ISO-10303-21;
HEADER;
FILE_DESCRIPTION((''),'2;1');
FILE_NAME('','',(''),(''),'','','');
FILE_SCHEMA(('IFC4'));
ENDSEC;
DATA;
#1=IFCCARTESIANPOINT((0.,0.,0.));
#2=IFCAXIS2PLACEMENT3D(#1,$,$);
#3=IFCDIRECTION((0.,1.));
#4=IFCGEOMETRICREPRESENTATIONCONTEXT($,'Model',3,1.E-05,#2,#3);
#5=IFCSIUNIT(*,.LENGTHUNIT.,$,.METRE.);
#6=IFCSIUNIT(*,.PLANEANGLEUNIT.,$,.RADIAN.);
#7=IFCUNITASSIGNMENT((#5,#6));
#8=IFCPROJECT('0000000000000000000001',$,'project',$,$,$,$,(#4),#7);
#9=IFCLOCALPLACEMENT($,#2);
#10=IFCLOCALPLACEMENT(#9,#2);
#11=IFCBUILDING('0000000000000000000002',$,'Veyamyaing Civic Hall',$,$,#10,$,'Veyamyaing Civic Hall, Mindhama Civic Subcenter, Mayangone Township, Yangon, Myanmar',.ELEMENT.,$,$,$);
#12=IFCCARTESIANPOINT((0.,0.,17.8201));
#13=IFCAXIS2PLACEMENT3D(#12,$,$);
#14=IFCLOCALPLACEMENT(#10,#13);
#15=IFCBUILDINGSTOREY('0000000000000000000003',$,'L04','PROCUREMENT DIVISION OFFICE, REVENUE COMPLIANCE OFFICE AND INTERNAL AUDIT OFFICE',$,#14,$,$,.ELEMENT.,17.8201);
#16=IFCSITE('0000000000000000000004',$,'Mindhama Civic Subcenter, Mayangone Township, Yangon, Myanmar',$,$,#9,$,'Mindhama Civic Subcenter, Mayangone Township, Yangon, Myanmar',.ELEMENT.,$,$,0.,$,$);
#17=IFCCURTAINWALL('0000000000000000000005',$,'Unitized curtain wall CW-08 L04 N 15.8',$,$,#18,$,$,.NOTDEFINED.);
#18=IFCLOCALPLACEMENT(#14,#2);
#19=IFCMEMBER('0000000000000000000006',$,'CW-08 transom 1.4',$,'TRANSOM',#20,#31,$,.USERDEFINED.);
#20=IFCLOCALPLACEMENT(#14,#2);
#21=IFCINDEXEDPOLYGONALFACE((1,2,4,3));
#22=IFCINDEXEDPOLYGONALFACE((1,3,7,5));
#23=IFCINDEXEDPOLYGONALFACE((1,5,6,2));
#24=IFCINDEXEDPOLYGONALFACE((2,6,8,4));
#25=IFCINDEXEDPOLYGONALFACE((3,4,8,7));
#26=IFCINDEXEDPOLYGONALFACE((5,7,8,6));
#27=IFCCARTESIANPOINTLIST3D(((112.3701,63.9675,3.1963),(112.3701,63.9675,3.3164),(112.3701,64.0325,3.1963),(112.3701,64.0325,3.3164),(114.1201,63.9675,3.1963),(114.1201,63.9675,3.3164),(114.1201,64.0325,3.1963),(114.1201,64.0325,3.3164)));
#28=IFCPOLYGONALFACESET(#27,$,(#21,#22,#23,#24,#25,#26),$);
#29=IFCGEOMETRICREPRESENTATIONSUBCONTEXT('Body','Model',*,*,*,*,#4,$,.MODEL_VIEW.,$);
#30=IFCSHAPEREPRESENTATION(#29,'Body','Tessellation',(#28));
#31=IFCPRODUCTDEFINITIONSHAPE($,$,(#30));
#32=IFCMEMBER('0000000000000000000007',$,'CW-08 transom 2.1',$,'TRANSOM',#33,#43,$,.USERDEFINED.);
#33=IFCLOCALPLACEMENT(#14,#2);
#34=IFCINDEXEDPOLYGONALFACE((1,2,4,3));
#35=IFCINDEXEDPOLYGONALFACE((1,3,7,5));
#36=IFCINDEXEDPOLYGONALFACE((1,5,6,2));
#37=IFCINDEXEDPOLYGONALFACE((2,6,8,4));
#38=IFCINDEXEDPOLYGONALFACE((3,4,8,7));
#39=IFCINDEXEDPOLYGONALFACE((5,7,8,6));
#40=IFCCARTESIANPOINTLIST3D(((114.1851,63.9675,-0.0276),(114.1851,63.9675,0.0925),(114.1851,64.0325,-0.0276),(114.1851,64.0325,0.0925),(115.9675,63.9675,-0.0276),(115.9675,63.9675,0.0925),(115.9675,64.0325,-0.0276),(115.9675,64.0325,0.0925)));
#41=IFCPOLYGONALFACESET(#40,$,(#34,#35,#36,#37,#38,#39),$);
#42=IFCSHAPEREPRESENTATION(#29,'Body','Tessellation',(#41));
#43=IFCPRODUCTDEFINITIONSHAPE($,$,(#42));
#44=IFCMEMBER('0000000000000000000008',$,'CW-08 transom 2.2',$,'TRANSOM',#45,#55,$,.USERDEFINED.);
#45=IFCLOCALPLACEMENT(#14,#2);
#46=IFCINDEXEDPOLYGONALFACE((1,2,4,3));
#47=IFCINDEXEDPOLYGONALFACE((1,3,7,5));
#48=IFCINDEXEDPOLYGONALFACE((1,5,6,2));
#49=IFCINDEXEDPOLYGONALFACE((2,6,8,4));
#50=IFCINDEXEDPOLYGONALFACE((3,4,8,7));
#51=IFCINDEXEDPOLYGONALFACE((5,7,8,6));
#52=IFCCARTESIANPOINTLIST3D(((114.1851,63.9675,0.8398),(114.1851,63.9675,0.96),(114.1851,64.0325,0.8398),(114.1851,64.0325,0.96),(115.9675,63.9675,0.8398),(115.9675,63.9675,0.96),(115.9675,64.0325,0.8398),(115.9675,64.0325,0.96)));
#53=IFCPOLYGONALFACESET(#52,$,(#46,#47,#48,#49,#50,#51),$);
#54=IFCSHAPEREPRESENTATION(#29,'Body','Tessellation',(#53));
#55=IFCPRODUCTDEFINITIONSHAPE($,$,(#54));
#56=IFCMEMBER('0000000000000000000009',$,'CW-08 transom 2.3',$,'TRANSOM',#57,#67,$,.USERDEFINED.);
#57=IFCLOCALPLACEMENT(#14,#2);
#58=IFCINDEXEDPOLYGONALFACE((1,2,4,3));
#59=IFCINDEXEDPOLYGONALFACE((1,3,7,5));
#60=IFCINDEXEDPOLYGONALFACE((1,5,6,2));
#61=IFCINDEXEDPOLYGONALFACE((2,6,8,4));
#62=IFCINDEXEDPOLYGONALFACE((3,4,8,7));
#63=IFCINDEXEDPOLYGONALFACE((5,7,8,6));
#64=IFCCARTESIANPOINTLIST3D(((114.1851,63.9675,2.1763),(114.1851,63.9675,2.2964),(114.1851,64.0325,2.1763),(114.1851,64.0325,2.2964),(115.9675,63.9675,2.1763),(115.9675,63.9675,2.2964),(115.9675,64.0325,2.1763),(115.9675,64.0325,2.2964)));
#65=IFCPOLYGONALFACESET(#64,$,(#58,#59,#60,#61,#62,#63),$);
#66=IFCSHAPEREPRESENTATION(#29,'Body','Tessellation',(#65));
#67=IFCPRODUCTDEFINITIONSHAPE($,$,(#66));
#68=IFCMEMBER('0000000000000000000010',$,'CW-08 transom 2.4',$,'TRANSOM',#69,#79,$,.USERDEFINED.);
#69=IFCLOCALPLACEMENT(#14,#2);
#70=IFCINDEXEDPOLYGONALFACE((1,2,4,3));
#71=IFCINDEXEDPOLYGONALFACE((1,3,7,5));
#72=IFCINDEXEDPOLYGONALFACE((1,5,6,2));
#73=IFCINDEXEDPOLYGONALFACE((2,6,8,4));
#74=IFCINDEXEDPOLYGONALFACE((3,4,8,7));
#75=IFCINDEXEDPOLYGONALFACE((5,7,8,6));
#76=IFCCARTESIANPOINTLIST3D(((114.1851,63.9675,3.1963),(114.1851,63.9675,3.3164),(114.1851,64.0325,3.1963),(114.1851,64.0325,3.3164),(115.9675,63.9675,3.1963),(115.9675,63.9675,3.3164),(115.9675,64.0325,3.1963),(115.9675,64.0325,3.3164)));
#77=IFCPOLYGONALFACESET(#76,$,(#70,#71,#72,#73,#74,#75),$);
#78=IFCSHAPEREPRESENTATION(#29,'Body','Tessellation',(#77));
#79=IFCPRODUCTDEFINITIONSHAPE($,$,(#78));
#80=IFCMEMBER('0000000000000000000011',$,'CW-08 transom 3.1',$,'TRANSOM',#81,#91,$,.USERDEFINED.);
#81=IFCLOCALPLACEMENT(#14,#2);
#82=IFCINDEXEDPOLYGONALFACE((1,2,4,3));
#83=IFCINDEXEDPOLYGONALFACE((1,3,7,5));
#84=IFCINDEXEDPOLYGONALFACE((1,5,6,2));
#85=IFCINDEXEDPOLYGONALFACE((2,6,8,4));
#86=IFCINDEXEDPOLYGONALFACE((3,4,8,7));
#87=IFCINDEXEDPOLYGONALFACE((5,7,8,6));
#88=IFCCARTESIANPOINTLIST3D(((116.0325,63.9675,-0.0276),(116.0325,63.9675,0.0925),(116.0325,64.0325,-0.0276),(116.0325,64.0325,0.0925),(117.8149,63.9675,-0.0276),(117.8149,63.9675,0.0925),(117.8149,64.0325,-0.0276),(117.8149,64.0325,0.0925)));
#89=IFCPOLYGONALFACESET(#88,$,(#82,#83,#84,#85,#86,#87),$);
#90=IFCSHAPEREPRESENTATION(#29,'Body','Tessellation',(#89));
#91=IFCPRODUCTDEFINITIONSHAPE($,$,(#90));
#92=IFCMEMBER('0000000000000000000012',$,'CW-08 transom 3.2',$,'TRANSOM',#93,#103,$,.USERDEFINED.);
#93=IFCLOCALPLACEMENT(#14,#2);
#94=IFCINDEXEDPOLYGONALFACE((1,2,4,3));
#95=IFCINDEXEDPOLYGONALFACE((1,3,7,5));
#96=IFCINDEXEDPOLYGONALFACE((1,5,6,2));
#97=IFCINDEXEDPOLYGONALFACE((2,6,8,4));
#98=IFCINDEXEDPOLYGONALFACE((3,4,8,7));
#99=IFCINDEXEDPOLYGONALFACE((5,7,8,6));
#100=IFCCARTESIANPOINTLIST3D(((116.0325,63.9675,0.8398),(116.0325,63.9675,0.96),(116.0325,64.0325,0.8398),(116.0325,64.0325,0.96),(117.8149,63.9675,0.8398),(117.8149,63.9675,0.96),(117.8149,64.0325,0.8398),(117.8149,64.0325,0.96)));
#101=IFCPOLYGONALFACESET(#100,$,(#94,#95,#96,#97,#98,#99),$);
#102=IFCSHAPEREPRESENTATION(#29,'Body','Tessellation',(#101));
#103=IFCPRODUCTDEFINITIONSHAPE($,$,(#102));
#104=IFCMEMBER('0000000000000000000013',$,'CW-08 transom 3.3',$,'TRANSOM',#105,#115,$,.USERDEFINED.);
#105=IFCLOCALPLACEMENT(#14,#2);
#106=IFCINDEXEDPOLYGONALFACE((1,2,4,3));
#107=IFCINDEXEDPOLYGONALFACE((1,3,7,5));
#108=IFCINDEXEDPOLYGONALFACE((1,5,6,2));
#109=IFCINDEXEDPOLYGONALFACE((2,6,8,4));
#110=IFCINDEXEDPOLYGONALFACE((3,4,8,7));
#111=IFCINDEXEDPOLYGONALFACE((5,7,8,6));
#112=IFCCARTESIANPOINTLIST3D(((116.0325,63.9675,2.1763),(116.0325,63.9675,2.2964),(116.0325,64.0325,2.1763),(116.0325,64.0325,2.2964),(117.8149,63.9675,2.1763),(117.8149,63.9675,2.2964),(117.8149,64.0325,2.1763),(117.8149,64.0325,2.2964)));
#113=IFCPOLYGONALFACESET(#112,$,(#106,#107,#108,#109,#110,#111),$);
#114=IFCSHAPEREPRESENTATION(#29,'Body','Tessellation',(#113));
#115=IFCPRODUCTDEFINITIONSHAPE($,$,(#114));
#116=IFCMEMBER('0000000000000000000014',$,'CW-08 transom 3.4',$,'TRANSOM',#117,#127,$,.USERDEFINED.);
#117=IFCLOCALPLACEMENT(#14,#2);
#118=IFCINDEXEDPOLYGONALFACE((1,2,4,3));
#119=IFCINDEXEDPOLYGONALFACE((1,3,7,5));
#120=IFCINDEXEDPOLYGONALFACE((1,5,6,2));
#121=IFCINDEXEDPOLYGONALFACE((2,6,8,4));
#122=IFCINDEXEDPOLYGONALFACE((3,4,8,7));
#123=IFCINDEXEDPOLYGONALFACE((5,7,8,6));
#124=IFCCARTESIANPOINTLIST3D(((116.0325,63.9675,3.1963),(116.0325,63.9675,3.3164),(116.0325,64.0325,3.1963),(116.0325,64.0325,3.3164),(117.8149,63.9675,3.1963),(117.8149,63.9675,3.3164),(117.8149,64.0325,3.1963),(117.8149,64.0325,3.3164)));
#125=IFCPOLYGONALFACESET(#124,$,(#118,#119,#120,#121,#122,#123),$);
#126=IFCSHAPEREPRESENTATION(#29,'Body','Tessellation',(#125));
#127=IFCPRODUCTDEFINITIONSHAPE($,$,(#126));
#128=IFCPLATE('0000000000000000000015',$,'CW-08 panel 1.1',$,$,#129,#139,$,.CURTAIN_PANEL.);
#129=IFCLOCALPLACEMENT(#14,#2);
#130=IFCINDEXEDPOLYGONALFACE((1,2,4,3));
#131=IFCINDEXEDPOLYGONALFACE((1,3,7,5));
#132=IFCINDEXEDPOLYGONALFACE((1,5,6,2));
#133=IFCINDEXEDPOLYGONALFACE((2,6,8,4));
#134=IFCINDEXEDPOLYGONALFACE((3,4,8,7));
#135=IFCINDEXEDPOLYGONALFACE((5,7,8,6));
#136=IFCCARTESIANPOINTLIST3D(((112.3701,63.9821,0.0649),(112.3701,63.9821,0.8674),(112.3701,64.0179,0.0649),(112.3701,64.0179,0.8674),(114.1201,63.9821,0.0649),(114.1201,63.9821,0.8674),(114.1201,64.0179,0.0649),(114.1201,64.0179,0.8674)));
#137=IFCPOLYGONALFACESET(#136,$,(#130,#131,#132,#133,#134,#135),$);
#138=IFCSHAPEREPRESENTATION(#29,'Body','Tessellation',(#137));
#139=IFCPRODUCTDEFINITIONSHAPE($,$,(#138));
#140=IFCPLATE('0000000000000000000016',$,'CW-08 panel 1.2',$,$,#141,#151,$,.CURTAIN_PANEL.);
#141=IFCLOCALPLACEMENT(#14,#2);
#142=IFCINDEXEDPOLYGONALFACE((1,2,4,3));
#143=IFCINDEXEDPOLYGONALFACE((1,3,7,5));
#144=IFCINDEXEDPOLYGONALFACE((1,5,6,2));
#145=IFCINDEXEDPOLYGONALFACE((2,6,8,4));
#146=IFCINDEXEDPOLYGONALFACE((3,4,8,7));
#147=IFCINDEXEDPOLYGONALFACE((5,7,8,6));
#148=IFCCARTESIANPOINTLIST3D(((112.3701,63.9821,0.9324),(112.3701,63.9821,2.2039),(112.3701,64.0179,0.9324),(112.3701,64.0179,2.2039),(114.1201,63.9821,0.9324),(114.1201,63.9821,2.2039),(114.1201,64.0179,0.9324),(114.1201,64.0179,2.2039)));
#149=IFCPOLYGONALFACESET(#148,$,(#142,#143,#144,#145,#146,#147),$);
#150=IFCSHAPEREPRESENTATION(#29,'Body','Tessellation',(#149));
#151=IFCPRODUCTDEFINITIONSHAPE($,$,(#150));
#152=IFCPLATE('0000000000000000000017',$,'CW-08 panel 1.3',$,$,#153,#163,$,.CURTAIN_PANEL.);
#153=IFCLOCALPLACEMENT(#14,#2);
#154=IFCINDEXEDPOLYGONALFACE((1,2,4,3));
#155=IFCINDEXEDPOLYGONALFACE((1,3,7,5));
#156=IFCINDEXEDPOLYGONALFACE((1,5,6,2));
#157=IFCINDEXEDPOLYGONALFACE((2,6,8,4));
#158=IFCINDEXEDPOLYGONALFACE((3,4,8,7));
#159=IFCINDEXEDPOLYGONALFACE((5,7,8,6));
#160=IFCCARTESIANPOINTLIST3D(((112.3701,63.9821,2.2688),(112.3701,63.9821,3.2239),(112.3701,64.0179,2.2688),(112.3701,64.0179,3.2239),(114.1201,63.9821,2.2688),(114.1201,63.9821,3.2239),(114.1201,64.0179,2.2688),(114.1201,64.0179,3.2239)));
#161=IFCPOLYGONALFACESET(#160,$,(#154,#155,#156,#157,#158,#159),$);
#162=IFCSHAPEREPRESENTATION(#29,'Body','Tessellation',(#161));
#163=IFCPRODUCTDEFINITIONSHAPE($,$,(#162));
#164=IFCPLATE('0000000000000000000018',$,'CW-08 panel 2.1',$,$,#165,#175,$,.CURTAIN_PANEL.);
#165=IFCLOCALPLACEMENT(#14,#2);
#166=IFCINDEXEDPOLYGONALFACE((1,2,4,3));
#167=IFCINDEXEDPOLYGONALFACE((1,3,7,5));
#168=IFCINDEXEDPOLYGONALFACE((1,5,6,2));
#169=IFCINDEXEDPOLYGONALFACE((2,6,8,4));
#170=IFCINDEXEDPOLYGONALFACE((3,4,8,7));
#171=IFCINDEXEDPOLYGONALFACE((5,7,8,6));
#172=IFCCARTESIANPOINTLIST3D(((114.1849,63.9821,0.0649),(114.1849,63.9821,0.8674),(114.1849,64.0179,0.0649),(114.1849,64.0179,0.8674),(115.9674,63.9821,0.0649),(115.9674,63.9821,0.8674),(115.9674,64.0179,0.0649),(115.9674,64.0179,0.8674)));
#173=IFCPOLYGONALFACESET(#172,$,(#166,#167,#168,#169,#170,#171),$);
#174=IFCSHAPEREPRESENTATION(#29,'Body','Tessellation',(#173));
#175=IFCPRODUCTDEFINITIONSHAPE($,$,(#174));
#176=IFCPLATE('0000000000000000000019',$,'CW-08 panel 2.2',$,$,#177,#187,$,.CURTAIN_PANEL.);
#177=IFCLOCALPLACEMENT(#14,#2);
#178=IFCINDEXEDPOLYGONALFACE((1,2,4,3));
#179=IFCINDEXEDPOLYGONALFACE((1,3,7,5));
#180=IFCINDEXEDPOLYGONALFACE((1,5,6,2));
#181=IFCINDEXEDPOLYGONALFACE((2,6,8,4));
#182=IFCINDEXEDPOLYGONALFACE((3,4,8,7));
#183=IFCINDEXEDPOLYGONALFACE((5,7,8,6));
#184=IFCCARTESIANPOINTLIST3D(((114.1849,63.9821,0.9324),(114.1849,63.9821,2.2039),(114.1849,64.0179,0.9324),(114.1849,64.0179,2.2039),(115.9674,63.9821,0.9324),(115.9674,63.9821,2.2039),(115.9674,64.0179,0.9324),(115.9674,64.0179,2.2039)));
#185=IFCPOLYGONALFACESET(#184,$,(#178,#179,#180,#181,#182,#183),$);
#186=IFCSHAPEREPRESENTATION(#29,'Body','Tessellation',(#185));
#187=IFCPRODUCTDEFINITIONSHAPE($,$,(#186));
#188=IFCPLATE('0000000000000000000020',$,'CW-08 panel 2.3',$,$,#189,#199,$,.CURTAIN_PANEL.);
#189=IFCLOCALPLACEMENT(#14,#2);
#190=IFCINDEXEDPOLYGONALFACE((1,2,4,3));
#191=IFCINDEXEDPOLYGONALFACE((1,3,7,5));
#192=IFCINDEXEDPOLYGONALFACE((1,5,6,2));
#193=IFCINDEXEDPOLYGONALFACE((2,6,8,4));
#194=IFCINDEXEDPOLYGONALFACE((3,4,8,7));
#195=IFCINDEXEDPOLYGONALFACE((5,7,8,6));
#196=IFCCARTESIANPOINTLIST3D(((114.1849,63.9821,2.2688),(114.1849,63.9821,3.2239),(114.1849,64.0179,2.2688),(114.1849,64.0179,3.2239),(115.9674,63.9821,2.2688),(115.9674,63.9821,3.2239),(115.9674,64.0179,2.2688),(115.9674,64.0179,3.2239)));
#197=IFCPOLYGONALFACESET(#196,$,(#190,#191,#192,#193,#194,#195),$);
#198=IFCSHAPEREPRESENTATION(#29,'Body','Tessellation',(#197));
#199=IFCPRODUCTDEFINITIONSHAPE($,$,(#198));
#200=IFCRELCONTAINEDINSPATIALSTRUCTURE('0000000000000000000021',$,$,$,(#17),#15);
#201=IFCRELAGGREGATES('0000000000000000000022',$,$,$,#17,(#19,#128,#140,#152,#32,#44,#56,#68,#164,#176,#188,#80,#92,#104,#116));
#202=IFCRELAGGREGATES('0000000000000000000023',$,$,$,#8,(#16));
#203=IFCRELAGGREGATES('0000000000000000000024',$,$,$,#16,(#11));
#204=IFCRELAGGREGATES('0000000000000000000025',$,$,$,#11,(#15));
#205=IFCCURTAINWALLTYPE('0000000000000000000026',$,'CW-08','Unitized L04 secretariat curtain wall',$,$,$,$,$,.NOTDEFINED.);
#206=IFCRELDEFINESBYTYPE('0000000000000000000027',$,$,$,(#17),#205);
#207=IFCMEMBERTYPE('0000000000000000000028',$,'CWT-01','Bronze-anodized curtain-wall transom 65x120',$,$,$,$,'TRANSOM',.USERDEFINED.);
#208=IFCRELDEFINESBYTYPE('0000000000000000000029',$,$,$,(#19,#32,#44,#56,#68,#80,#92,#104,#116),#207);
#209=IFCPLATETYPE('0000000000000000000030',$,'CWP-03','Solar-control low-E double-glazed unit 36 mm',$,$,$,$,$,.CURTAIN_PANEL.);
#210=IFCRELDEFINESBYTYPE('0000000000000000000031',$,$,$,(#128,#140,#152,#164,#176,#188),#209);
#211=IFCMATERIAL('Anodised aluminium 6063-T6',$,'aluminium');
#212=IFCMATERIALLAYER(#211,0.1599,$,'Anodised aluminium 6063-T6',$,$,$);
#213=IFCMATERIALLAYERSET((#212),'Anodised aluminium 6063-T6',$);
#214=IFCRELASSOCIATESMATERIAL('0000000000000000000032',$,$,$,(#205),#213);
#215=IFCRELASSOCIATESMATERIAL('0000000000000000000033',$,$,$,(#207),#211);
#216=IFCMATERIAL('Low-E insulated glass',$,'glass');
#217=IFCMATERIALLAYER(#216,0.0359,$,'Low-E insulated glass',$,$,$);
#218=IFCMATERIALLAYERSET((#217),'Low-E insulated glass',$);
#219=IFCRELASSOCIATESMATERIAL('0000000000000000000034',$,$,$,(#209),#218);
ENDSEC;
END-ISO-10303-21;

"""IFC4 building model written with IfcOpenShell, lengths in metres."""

from ifc_helpers import new_model, si_unit, direction, frame, origin, origin_2d, place, context, subcontext, project, spatial, rectangle, extrude, material, layer, layer_set, material_profile, profile_set, type_object, element, aggregate, save


model = new_model("IFC4")

# Units and contexts
model_context = context("Model", 3, precision=1e-05, world=origin(), true_north=direction((0.0, 1.0)))
body_context = subcontext(model_context, "Body", "Model", "MODEL_VIEW")
ifc_project = project(units=[si_unit("LENGTHUNIT", "METRE"), si_unit("PLANEANGLEUNIT", "RADIAN")], contexts=[model_context])

# Site, building, storey
site_placement = place(None, origin())
site = spatial("IfcSite", under=ifc_project, at=site_placement, Name="Mindhama Civic Subcenter, Mayangone Township, Yangon, Myanmar", LongName="Mindhama Civic Subcenter, Mayangone Township, Yangon, Myanmar", CompositionType="ELEMENT", RefElevation=0.0)
building_placement = place(site_placement, origin())
building = spatial("IfcBuilding", under=site, at=building_placement, Name="Veyamyaing Civic Hall", LongName="Veyamyaing Civic Hall, Mindhama Civic Subcenter, Mayangone Township, Yangon, Myanmar", CompositionType="ELEMENT")
storey_placement = place(building_placement, frame((0.0, 0.0, 17.8201)))
storey = spatial("IfcBuildingStorey", under=building, at=storey_placement, Name="L04", Description="PROCUREMENT DIVISION OFFICE, REVENUE COMPLIANCE OFFICE AND INTERNAL AUDIT OFFICE", CompositionType="ELEMENT", Elevation=17.8201)

# Curtain wall
ifc_material_1 = material(Name="Anodised aluminium 6063-T6", Category="aluminium")
ifc_layer_1 = layer(ifc_material_1, 0.1599, Name="Anodised aluminium 6063-T6")
ifc_layer_set_1 = layer_set([ifc_layer_1], Name="Anodised aluminium 6063-T6")
curtain_wall_type = type_object("IfcCurtainWallType", Name="CW-08", Description="Unitized L04 secretariat curtain wall", PredefinedType="NOTDEFINED", material=ifc_layer_set_1)
curtain_wall_1_placement = place(storey_placement, origin())
curtain_wall_1 = element("IfcCurtainWall", 1, at=curtain_wall_1_placement, inside=storey, type_object=curtain_wall_type, Name="Unitized curtain wall CW-08 L04 N 15.8", PredefinedType="NOTDEFINED")

# Members
ifc_material_profile_1 = material_profile(ifc_material_1, rectangle(XDim=0.0649, YDim=0.1201, at=origin_2d()), Name="ALU-TRN-65X120")
ifc_profile_set_1 = profile_set([ifc_material_profile_1], Name="Anodised aluminium 6063-T6")
member_type_1 = type_object("IfcMemberType", Name="CWT-01", Description="Bronze-anodized curtain-wall transom 65x120", ElementType="TRANSOM", PredefinedType="USERDEFINED", material=ifc_profile_set_1)
member_1_placement = place(storey_placement, frame((112.3701, 64.0, 3.2563), z_axis=(1.0, 0.0, 0.0), x_axis=(0.0, 1.0, 0.0)))
member_1 = element("IfcMember", 2, at=member_1_placement, type_object=member_type_1, Name="CW-08 transom 1.4", ObjectType="TRANSOM", PredefinedType="USERDEFINED", context=body_context, shape_type="SweptSolid", body=[
    extrude(rectangle(XDim=0.0649, YDim=0.1201, at=origin_2d()), origin(), (0.0, 0.0, 1.0), 1.75),
])
member_2_placement = place(storey_placement, frame((114.1851, 64.0, 0.0325), z_axis=(1.0, 0.0, 0.0), x_axis=(0.0, 1.0, 0.0)))
member_2 = element("IfcMember", 3, at=member_2_placement, type_object=member_type_1, Name="CW-08 transom 2.1", ObjectType="TRANSOM", PredefinedType="USERDEFINED", context=body_context, shape_type="SweptSolid", body=[
    extrude(rectangle(XDim=0.0649, YDim=0.1201, at=origin_2d()), origin(), (0.0, 0.0, 1.0), 1.7825),
])
member_3_placement = place(storey_placement, frame((114.1851, 64.0, 0.8999), z_axis=(1.0, 0.0, 0.0), x_axis=(0.0, 1.0, 0.0)))
member_3 = element("IfcMember", 4, at=member_3_placement, type_object=member_type_1, Name="CW-08 transom 2.2", ObjectType="TRANSOM", PredefinedType="USERDEFINED", context=body_context, shape_type="SweptSolid", body=[
    extrude(rectangle(XDim=0.0649, YDim=0.1201, at=origin_2d()), origin(), (0.0, 0.0, 1.0), 1.7825),
])
member_4_placement = place(storey_placement, frame((114.1851, 64.0, 2.2363), z_axis=(1.0, 0.0, 0.0), x_axis=(0.0, 1.0, 0.0)))
member_4 = element("IfcMember", 5, at=member_4_placement, type_object=member_type_1, Name="CW-08 transom 2.3", ObjectType="TRANSOM", PredefinedType="USERDEFINED", context=body_context, shape_type="SweptSolid", body=[
    extrude(rectangle(XDim=0.0649, YDim=0.1201, at=origin_2d()), origin(), (0.0, 0.0, 1.0), 1.7825),
])
member_5_placement = place(storey_placement, frame((114.1851, 64.0, 3.2563), z_axis=(1.0, 0.0, 0.0), x_axis=(0.0, 1.0, 0.0)))
member_5 = element("IfcMember", 6, at=member_5_placement, type_object=member_type_1, Name="CW-08 transom 2.4", ObjectType="TRANSOM", PredefinedType="USERDEFINED", context=body_context, shape_type="SweptSolid", body=[
    extrude(rectangle(XDim=0.0649, YDim=0.1201, at=origin_2d()), origin(), (0.0, 0.0, 1.0), 1.7825),
])
member_6_placement = place(storey_placement, frame((116.0325, 64.0, 0.0325), z_axis=(1.0, 0.0, 0.0), x_axis=(0.0, 1.0, 0.0)))
member_6 = element("IfcMember", 7, at=member_6_placement, type_object=member_type_1, Name="CW-08 transom 3.1", ObjectType="TRANSOM", PredefinedType="USERDEFINED", context=body_context, shape_type="SweptSolid", body=[
    extrude(rectangle(XDim=0.0649, YDim=0.1201, at=origin_2d()), origin(), (0.0, 0.0, 1.0), 1.7825),
])
member_7_placement = place(storey_placement, frame((116.0325, 64.0, 0.8999), z_axis=(1.0, 0.0, 0.0), x_axis=(0.0, 1.0, 0.0)))
member_7 = element("IfcMember", 8, at=member_7_placement, type_object=member_type_1, Name="CW-08 transom 3.2", ObjectType="TRANSOM", PredefinedType="USERDEFINED", context=body_context, shape_type="SweptSolid", body=[
    extrude(rectangle(XDim=0.0649, YDim=0.1201, at=origin_2d()), origin(), (0.0, 0.0, 1.0), 1.7825),
])
member_8_placement = place(storey_placement, frame((116.0325, 64.0, 2.2363), z_axis=(1.0, 0.0, 0.0), x_axis=(0.0, 1.0, 0.0)))
member_8 = element("IfcMember", 9, at=member_8_placement, type_object=member_type_1, Name="CW-08 transom 3.3", ObjectType="TRANSOM", PredefinedType="USERDEFINED", context=body_context, shape_type="SweptSolid", body=[
    extrude(rectangle(XDim=0.0649, YDim=0.1201, at=origin_2d()), origin(), (0.0, 0.0, 1.0), 1.7825),
])
member_9_placement = place(storey_placement, frame((116.0325, 64.0, 3.2563), z_axis=(1.0, 0.0, 0.0), x_axis=(0.0, 1.0, 0.0)))
member_9 = element("IfcMember", 10, at=member_9_placement, type_object=member_type_1, Name="CW-08 transom 3.4", ObjectType="TRANSOM", PredefinedType="USERDEFINED", context=body_context, shape_type="SweptSolid", body=[
    extrude(rectangle(XDim=0.0649, YDim=0.1201, at=origin_2d()), origin(), (0.0, 0.0, 1.0), 1.7825),
])

# Plates
ifc_material_2 = material(Name="Low-E insulated glass", Category="glass")
ifc_layer_2 = layer(ifc_material_2, 0.0359, Name="Low-E insulated glass")
ifc_layer_set_2 = layer_set([ifc_layer_2], Name="Low-E insulated glass")
plate_type = type_object("IfcPlateType", Name="CWP-03", Description="Solar-control low-E double-glazed unit 36 mm", PredefinedType="CURTAIN_PANEL", material=ifc_layer_set_2)
plate_1_placement = place(storey_placement, frame((113.2451, 64.0, 0.0649), z_axis=(0.0, 0.0, 1.0), x_axis=(1.0, 0.0, 0.0)))
plate_1 = element("IfcPlate", 11, at=plate_1_placement, type_object=plate_type, Name="CW-08 panel 1.1", PredefinedType="CURTAIN_PANEL", context=body_context, shape_type="SweptSolid", body=[
    extrude(rectangle(XDim=1.75, YDim=0.0359, at=origin_2d()), origin(), (0.0, 0.0, 1.0), 0.8025),
])
plate_2_placement = place(storey_placement, frame((113.2451, 64.0, 0.9324), z_axis=(0.0, 0.0, 1.0), x_axis=(1.0, 0.0, 0.0)))
plate_2 = element("IfcPlate", 12, at=plate_2_placement, type_object=plate_type, Name="CW-08 panel 1.2", PredefinedType="CURTAIN_PANEL", context=body_context, shape_type="SweptSolid", body=[
    extrude(rectangle(XDim=1.75, YDim=0.0359, at=origin_2d()), origin(), (0.0, 0.0, 1.0), 1.2715),
])
plate_3_placement = place(storey_placement, frame((113.2451, 64.0, 2.2688), z_axis=(0.0, 0.0, 1.0), x_axis=(1.0, 0.0, 0.0)))
plate_3 = element("IfcPlate", 13, at=plate_3_placement, type_object=plate_type, Name="CW-08 panel 1.3", PredefinedType="CURTAIN_PANEL", context=body_context, shape_type="SweptSolid", body=[
    extrude(rectangle(XDim=1.75, YDim=0.0359, at=origin_2d()), origin(), (0.0, 0.0, 1.0), 0.9551),
])
plate_4_placement = place(storey_placement, frame((115.0762, 64.0, 0.0649), z_axis=(0.0, 0.0, 1.0), x_axis=(1.0, 0.0, 0.0)))
plate_4 = element("IfcPlate", 14, at=plate_4_placement, type_object=plate_type, Name="CW-08 panel 2.1", PredefinedType="CURTAIN_PANEL", context=body_context, shape_type="SweptSolid", body=[
    extrude(rectangle(XDim=1.7825, YDim=0.0359, at=origin_2d()), origin(), (0.0, 0.0, 1.0), 0.8025),
])
plate_5_placement = place(storey_placement, frame((115.0762, 64.0, 0.9324), z_axis=(0.0, 0.0, 1.0), x_axis=(1.0, 0.0, 0.0)))
plate_5 = element("IfcPlate", 15, at=plate_5_placement, type_object=plate_type, Name="CW-08 panel 2.2", PredefinedType="CURTAIN_PANEL", context=body_context, shape_type="SweptSolid", body=[
    extrude(rectangle(XDim=1.7825, YDim=0.0359, at=origin_2d()), origin(), (0.0, 0.0, 1.0), 1.2715),
])
plate_6_placement = place(storey_placement, frame((115.0762, 64.0, 2.2688), z_axis=(0.0, 0.0, 1.0), x_axis=(1.0, 0.0, 0.0)))
plate_6 = element("IfcPlate", 16, at=plate_6_placement, type_object=plate_type, Name="CW-08 panel 2.3", PredefinedType="CURTAIN_PANEL", context=body_context, shape_type="SweptSolid", body=[
    extrude(rectangle(XDim=1.7825, YDim=0.0359, at=origin_2d()), origin(), (0.0, 0.0, 1.0), 0.9551),
])
aggregate(curtain_wall_1, [member_1, plate_1, plate_2, plate_3, member_2, member_3, member_4, member_5, plate_4, plate_5, plate_6, member_6, member_7, member_8, member_9])

save(model, "model.ifc")
